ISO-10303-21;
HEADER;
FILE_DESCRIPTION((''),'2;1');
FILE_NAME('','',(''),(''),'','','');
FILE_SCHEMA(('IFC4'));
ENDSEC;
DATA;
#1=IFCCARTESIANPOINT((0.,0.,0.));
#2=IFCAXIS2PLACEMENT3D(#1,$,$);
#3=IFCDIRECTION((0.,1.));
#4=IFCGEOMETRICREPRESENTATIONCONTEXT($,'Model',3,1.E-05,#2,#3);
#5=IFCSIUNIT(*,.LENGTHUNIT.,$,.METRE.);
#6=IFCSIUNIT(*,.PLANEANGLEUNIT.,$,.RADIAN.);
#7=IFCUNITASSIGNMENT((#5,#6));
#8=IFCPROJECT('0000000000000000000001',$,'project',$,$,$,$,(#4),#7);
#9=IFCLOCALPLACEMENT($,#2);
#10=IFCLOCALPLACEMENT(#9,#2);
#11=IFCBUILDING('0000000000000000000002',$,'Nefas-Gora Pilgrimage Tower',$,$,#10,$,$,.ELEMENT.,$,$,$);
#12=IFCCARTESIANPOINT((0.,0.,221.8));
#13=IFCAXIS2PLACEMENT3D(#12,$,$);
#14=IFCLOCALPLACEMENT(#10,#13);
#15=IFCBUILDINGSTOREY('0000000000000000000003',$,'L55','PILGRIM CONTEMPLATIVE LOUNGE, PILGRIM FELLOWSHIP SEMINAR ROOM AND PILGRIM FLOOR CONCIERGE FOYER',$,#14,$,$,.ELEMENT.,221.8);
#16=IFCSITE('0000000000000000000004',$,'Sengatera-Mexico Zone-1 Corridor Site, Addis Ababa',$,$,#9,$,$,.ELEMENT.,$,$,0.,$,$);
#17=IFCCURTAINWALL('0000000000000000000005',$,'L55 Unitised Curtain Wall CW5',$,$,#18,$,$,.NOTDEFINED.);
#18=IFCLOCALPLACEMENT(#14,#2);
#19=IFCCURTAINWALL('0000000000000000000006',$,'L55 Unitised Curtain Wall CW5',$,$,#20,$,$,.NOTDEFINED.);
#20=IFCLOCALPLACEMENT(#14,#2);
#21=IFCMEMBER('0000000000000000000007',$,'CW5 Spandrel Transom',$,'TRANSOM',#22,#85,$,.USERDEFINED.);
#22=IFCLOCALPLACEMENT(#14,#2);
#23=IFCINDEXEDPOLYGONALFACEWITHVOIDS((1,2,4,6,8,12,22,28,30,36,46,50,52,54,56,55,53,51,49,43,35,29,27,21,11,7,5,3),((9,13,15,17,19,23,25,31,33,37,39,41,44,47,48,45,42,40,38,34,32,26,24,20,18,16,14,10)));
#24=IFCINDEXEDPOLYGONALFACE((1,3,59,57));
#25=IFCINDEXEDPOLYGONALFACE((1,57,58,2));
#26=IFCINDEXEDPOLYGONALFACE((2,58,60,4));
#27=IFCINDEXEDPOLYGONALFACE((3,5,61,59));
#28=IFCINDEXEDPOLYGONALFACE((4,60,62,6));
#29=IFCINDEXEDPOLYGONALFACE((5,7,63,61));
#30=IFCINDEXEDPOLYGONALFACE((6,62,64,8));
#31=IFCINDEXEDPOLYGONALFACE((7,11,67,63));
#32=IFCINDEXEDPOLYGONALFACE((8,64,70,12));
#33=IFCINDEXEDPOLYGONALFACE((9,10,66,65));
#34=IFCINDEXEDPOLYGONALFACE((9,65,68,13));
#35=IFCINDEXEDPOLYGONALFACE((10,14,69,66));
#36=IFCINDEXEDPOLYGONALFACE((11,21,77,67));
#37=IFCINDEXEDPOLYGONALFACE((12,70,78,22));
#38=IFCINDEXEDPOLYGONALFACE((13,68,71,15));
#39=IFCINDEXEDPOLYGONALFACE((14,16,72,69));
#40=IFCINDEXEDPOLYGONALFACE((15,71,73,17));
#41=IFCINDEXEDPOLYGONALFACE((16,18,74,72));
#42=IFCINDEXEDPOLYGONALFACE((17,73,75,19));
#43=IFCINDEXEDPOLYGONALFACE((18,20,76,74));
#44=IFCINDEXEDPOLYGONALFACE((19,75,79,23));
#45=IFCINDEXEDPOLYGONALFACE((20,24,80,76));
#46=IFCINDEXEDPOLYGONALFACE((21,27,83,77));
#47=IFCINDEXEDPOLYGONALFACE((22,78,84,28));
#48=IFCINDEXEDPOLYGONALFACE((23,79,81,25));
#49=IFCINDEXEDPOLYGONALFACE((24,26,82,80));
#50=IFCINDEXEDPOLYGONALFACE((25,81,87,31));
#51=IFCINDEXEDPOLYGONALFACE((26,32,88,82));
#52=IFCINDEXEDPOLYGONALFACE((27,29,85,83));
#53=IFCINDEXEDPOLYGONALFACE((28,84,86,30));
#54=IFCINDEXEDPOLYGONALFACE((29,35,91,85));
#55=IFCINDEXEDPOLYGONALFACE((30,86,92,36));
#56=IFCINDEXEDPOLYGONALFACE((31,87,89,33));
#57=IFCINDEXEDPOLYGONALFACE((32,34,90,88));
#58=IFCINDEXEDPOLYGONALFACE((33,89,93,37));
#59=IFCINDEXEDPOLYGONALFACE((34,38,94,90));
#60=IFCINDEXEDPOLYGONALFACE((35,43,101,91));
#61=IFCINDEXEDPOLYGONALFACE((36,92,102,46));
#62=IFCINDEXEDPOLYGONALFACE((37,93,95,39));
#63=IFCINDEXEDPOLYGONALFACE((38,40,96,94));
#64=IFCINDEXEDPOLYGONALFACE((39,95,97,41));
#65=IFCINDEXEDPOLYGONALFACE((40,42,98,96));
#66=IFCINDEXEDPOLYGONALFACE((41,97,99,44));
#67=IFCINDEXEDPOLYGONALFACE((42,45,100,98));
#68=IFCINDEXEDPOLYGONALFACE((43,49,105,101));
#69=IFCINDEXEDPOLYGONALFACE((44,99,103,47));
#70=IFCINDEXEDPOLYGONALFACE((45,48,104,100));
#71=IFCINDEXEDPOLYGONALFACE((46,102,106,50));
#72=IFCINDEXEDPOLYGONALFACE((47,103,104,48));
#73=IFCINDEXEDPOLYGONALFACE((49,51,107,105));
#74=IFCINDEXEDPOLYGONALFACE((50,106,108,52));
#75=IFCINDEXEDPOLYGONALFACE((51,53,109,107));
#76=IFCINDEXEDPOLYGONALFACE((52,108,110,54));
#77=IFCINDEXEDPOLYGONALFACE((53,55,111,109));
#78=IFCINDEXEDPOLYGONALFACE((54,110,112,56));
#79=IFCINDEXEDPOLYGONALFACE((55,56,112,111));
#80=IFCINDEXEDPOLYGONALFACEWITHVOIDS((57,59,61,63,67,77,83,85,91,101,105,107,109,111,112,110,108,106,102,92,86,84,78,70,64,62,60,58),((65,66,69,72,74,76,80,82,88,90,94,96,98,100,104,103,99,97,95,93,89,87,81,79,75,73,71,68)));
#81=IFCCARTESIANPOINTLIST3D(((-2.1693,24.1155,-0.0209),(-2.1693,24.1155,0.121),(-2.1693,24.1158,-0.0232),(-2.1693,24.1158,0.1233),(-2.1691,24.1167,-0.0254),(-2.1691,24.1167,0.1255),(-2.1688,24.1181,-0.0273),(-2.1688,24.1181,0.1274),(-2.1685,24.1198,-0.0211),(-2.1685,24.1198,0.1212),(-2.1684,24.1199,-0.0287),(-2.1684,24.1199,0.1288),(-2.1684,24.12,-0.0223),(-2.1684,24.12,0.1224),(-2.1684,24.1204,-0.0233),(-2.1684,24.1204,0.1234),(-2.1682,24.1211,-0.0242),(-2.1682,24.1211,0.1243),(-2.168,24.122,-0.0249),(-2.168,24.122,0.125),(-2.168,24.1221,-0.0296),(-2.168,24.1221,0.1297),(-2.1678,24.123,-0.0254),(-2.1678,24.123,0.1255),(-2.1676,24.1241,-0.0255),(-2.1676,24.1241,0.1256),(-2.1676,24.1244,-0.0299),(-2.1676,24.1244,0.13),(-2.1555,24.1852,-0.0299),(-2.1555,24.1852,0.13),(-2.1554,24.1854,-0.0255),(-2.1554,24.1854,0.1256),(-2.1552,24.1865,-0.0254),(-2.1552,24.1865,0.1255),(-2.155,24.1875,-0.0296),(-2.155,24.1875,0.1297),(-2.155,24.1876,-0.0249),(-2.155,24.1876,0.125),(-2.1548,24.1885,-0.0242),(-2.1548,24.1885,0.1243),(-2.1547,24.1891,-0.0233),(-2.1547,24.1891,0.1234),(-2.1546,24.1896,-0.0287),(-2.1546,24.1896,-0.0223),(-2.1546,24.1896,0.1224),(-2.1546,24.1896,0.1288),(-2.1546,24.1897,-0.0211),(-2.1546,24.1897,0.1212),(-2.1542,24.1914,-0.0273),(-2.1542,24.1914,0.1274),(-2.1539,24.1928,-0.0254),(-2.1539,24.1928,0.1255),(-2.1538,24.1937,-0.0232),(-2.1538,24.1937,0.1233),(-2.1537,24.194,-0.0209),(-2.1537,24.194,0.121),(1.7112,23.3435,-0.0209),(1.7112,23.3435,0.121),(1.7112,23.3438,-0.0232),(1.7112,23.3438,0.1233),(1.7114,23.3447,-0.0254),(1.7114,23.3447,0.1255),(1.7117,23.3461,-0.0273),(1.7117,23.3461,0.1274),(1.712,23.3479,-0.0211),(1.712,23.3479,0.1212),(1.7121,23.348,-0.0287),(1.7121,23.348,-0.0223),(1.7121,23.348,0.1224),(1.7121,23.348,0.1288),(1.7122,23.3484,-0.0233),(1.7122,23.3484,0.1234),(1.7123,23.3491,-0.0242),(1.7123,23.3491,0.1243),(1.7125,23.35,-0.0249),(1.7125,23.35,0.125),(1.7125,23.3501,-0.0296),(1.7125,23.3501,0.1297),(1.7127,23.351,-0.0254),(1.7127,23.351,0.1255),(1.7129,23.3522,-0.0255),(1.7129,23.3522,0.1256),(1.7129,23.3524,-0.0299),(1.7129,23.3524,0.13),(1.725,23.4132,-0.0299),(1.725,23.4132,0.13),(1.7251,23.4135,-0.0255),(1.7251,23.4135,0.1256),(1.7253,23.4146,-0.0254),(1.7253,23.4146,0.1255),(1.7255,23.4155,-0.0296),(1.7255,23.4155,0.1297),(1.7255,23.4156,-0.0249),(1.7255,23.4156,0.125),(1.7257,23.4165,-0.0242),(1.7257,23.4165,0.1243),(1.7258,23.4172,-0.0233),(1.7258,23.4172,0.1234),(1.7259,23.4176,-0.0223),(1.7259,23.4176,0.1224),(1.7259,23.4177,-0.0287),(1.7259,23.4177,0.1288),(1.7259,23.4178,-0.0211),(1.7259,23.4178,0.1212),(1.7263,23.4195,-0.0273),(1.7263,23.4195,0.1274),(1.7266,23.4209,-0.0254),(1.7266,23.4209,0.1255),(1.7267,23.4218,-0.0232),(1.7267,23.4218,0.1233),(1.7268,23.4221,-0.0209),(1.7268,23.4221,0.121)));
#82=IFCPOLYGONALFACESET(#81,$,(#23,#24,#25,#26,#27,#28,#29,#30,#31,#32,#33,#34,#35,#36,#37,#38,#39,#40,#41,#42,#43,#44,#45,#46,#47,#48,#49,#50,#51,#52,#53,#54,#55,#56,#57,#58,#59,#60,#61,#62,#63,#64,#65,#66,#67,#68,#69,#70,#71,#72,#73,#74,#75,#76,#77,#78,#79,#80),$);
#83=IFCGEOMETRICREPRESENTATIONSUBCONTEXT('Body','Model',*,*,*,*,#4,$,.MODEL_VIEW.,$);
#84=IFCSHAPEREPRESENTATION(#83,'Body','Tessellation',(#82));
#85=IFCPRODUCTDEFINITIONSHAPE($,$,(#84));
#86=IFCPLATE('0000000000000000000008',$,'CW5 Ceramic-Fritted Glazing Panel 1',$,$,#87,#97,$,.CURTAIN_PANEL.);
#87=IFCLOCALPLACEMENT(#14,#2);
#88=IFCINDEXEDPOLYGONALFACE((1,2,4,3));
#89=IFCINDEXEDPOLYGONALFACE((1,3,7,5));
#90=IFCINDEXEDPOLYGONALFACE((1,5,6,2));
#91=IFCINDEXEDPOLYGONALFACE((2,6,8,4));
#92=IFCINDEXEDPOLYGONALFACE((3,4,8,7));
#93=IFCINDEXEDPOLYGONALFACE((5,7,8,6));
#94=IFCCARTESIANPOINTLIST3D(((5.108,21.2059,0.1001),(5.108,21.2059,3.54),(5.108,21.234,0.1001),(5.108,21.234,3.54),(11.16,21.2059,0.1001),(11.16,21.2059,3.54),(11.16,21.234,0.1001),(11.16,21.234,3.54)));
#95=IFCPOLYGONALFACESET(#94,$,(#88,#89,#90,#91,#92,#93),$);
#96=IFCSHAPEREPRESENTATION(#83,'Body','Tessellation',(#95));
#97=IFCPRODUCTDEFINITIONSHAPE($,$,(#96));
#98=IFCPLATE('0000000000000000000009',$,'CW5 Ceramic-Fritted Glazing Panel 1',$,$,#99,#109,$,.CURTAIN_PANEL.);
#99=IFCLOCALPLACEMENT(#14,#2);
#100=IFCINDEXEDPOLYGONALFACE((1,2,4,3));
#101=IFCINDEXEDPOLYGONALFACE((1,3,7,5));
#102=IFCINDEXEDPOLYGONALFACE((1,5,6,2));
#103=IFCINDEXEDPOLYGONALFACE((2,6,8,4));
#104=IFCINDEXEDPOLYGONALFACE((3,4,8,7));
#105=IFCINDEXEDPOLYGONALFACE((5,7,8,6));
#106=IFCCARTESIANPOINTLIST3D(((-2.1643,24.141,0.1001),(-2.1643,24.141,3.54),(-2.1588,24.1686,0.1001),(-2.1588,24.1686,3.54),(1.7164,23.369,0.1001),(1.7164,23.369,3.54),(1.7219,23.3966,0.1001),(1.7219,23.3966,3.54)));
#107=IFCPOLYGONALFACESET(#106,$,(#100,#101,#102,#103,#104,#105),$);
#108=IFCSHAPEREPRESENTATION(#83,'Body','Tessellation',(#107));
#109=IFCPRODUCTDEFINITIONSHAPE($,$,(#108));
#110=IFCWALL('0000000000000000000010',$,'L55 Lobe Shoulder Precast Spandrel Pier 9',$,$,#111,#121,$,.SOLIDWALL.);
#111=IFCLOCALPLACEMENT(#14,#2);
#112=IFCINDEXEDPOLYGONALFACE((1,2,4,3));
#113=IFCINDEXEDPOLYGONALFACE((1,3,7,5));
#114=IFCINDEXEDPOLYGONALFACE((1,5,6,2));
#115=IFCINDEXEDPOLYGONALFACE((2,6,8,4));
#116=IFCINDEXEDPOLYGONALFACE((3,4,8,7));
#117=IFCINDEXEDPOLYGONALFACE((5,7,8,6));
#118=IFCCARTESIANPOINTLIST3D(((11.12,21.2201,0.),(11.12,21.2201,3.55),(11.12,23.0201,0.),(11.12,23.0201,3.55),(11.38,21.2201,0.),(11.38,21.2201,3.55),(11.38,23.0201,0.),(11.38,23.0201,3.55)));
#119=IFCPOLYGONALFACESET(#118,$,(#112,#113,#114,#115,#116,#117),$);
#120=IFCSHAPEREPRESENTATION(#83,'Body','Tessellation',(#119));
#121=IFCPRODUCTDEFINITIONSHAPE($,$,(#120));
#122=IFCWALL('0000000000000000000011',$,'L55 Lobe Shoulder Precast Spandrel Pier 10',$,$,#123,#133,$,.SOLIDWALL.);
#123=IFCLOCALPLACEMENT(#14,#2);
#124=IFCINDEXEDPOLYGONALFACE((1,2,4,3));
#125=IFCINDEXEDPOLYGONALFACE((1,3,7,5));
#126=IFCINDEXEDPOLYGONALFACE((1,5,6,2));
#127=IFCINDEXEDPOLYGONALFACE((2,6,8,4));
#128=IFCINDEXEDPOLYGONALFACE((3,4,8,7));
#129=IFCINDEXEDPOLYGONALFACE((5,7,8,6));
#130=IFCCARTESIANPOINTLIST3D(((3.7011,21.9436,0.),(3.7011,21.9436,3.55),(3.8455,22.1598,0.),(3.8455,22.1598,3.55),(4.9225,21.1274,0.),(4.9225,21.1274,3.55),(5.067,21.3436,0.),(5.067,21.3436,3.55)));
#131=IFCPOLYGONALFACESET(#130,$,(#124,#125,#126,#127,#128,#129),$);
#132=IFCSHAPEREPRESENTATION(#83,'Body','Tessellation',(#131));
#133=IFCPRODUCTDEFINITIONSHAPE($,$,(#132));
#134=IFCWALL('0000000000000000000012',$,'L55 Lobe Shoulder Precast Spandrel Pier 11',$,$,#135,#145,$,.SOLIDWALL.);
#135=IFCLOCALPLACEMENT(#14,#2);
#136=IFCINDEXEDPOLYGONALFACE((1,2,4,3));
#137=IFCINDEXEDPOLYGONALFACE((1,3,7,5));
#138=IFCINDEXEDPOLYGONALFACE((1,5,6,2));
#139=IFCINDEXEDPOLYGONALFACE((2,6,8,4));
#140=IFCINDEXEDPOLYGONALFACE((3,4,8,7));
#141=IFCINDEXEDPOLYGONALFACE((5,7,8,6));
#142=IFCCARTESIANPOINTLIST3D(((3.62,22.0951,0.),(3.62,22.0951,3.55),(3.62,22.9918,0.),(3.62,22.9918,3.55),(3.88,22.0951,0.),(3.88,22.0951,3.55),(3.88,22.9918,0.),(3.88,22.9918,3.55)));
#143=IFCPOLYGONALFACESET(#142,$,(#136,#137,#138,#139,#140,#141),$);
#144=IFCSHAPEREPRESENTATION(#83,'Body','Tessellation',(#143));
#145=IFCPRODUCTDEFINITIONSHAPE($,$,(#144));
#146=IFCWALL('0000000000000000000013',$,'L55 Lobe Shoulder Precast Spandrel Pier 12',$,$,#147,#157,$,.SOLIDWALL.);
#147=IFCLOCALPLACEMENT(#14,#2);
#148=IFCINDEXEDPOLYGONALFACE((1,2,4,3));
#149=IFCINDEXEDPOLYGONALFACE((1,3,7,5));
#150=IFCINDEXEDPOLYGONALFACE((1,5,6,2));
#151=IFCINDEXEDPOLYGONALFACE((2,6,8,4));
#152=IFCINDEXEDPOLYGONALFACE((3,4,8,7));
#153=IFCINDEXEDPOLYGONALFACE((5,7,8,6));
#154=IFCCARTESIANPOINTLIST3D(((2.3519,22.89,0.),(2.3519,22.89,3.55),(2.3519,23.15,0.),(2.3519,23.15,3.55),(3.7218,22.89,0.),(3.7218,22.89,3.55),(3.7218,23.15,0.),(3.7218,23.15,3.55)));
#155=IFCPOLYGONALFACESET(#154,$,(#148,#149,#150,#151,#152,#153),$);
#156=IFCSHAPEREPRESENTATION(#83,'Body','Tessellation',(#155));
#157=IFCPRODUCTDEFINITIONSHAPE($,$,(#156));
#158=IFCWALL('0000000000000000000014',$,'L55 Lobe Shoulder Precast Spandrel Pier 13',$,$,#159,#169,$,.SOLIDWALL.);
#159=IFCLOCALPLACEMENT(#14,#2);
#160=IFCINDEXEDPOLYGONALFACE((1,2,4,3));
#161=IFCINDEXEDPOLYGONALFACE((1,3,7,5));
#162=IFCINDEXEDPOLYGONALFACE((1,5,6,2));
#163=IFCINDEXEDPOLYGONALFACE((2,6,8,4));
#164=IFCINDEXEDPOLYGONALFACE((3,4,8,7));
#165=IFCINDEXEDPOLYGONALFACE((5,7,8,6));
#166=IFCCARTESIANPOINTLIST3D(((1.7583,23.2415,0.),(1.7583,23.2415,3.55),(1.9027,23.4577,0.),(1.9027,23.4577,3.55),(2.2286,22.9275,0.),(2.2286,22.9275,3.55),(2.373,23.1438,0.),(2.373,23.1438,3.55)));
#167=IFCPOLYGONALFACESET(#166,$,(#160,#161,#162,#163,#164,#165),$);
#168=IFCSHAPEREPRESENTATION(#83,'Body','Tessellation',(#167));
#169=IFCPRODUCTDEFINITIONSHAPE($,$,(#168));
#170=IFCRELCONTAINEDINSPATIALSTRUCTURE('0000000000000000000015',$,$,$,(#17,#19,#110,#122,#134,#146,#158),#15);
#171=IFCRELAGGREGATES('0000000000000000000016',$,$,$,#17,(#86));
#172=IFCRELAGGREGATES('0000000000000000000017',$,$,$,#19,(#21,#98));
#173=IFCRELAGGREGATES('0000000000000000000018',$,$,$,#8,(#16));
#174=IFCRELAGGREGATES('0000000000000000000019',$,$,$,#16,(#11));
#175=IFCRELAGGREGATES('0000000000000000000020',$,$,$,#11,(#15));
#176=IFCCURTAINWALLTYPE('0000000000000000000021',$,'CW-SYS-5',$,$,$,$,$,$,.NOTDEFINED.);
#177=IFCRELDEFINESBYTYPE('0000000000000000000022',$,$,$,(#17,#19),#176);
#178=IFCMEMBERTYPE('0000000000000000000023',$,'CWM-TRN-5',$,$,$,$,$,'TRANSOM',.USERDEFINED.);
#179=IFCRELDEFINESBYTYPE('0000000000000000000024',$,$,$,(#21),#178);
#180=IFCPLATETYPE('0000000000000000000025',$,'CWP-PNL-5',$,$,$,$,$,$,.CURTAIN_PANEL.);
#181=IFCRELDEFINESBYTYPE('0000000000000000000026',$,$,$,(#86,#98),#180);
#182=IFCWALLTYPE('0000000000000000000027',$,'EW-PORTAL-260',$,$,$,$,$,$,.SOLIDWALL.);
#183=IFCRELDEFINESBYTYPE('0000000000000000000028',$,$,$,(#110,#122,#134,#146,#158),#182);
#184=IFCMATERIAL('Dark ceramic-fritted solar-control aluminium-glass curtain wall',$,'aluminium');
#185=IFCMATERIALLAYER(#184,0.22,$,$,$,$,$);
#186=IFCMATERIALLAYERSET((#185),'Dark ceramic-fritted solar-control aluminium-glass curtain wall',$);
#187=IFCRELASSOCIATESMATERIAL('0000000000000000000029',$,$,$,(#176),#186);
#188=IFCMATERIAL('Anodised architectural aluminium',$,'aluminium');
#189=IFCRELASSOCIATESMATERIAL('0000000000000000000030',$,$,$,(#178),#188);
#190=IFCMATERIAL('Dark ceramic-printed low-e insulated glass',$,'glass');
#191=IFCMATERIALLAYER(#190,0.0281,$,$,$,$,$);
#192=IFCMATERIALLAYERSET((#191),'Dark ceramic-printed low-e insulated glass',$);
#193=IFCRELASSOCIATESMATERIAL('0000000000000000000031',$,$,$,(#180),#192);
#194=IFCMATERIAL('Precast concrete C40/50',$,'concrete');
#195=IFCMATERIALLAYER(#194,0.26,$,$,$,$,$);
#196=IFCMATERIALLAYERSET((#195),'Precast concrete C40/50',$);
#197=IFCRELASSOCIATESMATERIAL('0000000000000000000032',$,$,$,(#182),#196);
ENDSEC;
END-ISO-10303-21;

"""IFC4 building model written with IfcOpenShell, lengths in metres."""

from ifc_helpers import new_model, si_unit, direction, frame, frame_2d, origin, origin_2d, place, context, subcontext, project, spatial, rectangle, hollow_rectangle, extrude, source, transform, mapped, material, layer, layer_set, material_profile, profile_set, type_object, element, aggregate, save


model = new_model("IFC4")

# Units and contexts
model_context = context("Model", 3, precision=1e-05, world=origin(), true_north=direction((0.0, 1.0)))
body_context = subcontext(model_context, "Body", "Model", "MODEL_VIEW")
ifc_project = project(units=[si_unit("LENGTHUNIT", "METRE"), si_unit("PLANEANGLEUNIT", "RADIAN")], contexts=[model_context])

# Site, building, storey
site_placement = place(None, origin())
site = spatial("IfcSite", under=ifc_project, at=site_placement, Name="Sengatera-Mexico Zone-1 Corridor Site, Addis Ababa", CompositionType="ELEMENT", RefElevation=0.0)
building_placement = place(site_placement, origin())
building = spatial("IfcBuilding", under=site, at=building_placement, Name="Nefas-Gora Pilgrimage Tower", CompositionType="ELEMENT")
storey_placement = place(building_placement, frame((0.0, 0.0, 221.8)))
storey = spatial("IfcBuildingStorey", under=building, at=storey_placement, Name="L55", Description="PILGRIM CONTEMPLATIVE LOUNGE, PILGRIM FELLOWSHIP SEMINAR ROOM AND PILGRIM FLOOR CONCIERGE FOYER", CompositionType="ELEMENT", Elevation=221.8)

# Curtain wall
ifc_material_1 = material(Name="Dark ceramic-fritted solar-control aluminium-glass curtain wall", Category="aluminium")
ifc_layer_1 = layer(ifc_material_1, 0.22)
ifc_layer_set_1 = layer_set([ifc_layer_1], Name="Dark ceramic-fritted solar-control aluminium-glass curtain wall")
curtain_wall_type = type_object("IfcCurtainWallType", Name="CW-SYS-5", PredefinedType="NOTDEFINED", material=ifc_layer_set_1)
curtain_wall_1_placement = place(storey_placement, origin())
curtain_wall_1 = element("IfcCurtainWall", 1, at=curtain_wall_1_placement, inside=storey, type_object=curtain_wall_type, Name="L55 Unitised Curtain Wall CW5", PredefinedType="NOTDEFINED")
ifc_material_2 = material(Name="Anodised architectural aluminium", Category="aluminium")

# Curtain wall
curtain_wall_2_placement = place(storey_placement, origin())
curtain_wall_2 = element("IfcCurtainWall", 2, at=curtain_wall_2_placement, inside=storey, type_object=curtain_wall_type, Name="L55 Unitised Curtain Wall CW5", PredefinedType="NOTDEFINED")

# Member
ifc_material_profile_1 = material_profile(ifc_material_2, hollow_rectangle(XDim=0.0801, YDim=0.1599, WallThickness=0.0044, InnerFilletRadius=0.0044, OuterFilletRadius=0.009, at=origin_2d()), Name="ALU TRANSOM 80x160")
ifc_profile_set_1 = profile_set([ifc_material_profile_1], Name="Anodised architectural aluminium")
member_type_1 = type_object("IfcMemberType", Name="CWM-TRN-5", ElementType="TRANSOM", PredefinedType="USERDEFINED", material=ifc_profile_set_1)
shared_shape_1 = source(origin(), body_context, "Body", "SweptSolid", [
    extrude(hollow_rectangle(XDim=0.0801, YDim=0.1599, WallThickness=0.0044, InnerFilletRadius=0.0044, OuterFilletRadius=0.009, at=origin_2d()), origin(), (0.0, 0.0, 1.0), 3.9565),
])
member_1_placement = place(storey_placement, frame((1.719, 23.3828, 0.05), z_axis=(-0.980782, 0.195107, 0.0), x_axis=(-0.195107, -0.980782, 0.0)))
member_1 = element("IfcMember", 3, at=member_1_placement, type_object=member_type_1, Name="CW5 Spandrel Transom", ObjectType="TRANSOM", PredefinedType="USERDEFINED", context=body_context, shape_type="MappedRepresentation", body=[
    mapped(shared_shape_1, transform((0.0, 0.0, 0.0), x_axis=(1.0, 0.0, 0.0), y_axis=(0.0, 1.0, 0.0), z_axis=(0.0, 0.0, 1.0), scale=1.0)),
])

# Plates
ifc_material_3 = material(Name="Dark ceramic-printed low-e insulated glass", Category="glass")
ifc_layer_2 = layer(ifc_material_3, 0.0281)
ifc_layer_set_2 = layer_set([ifc_layer_2], Name="Dark ceramic-printed low-e insulated glass")
plate_type = type_object("IfcPlateType", Name="CWP-PNL-5", PredefinedType="CURTAIN_PANEL", material=ifc_layer_set_2)
shared_shape_2 = source(origin(), body_context, "Body", "SweptSolid", [
    extrude(rectangle(XDim=6.052, YDim=0.0281, at=origin_2d()), origin(), (0.0, 0.0, 1.0), 3.4399),
])
plate_1_placement = place(storey_placement, frame((8.134, 21.22, 0.1001), z_axis=(0.0, 0.0, 1.0), x_axis=(-1.0, 0.0, 0.0)))
plate_1 = element("IfcPlate", 4, at=plate_1_placement, type_object=plate_type, Name="CW5 Ceramic-Fritted Glazing Panel 1", PredefinedType="CURTAIN_PANEL", context=body_context, shape_type="MappedRepresentation", body=[
    mapped(shared_shape_2, transform((0.0, 0.0, 0.0), x_axis=(1.0, 0.0, 0.0), y_axis=(0.0, 1.0, 0.0), z_axis=(0.0, 0.0, 1.0), scale=1.0)),
])
aggregate(curtain_wall_1, [plate_1])
shared_shape_3 = source(origin(), body_context, "Body", "SweptSolid", [
    extrude(rectangle(XDim=3.9568, YDim=0.0281, at=origin_2d()), origin(), (0.0, 0.0, 1.0), 3.4399),
])
plate_2_placement = place(storey_placement, frame((-0.2212, 23.7688, 0.1001), z_axis=(0.0, 0.0, 1.0), x_axis=(-0.980783, 0.195102, 0.0)))
plate_2 = element("IfcPlate", 5, at=plate_2_placement, type_object=plate_type, Name="CW5 Ceramic-Fritted Glazing Panel 1", PredefinedType="CURTAIN_PANEL", context=body_context, shape_type="MappedRepresentation", body=[
    mapped(shared_shape_3, transform((0.0, 0.0, 0.0), x_axis=(1.0, 0.0, 0.0), y_axis=(0.0, 1.0, 0.0), z_axis=(0.0, 0.0, 1.0), scale=1.0)),
])
aggregate(curtain_wall_2, [member_1, plate_2])

# Walls
ifc_material_4 = material(Name="Precast concrete C40/50", Category="concrete")
ifc_layer_3 = layer(ifc_material_4, 0.26)
ifc_layer_set_3 = layer_set([ifc_layer_3], Name="Precast concrete C40/50")
wall_type_1 = type_object("IfcWallType", Name="EW-PORTAL-260", PredefinedType="SOLIDWALL", material=ifc_layer_set_3)
shared_shape_4 = source(origin(), body_context, "Body", "SweptSolid", [
    extrude(rectangle(XDim=1.8, YDim=0.26, at=frame_2d((0.8999, 0.0))), origin(), (0.0, 0.0, 1.0), 3.55),
])
wall_1_placement = place(storey_placement, frame((11.25, 23.02, 0.0), z_axis=(0.0, 0.0, 1.0), x_axis=(0.0, -1.0, 0.0)))
element("IfcWall", 6, at=wall_1_placement, inside=storey, type_object=wall_type_1, Name="L55 Lobe Shoulder Precast Spandrel Pier 9", PredefinedType="SOLIDWALL", context=body_context, shape_type="MappedRepresentation", body=[
    mapped(shared_shape_4, transform((0.0, 0.0, 0.0), x_axis=(1.0, 0.0, 0.0), y_axis=(0.0, 1.0, 0.0), z_axis=(0.0, 0.0, 1.0), scale=1.0)),
])
shared_shape_5 = source(origin(), body_context, "Body", "SweptSolid", [
    extrude(rectangle(XDim=1.469, YDim=0.26, at=frame_2d((0.7344, 0.0))), origin(), (0.0, 0.0, 1.0), 3.55),
])
wall_2_placement = place(storey_placement, frame((4.9946, 21.2356, 0.0), z_axis=(0.0, 0.0, 1.0), x_axis=(-0.831462, 0.555582, 0.0)))
element("IfcWall", 7, at=wall_2_placement, inside=storey, type_object=wall_type_1, Name="L55 Lobe Shoulder Precast Spandrel Pier 10", PredefinedType="SOLIDWALL", context=body_context, shape_type="MappedRepresentation", body=[
    mapped(shared_shape_5, transform((0.0, 0.0, 0.0), x_axis=(1.0, 0.0, 0.0), y_axis=(0.0, 1.0, 0.0), z_axis=(0.0, 0.0, 1.0), scale=1.0)),
])
shared_shape_6 = source(origin(), body_context, "Body", "SweptSolid", [
    extrude(rectangle(XDim=0.8967, YDim=0.26, at=frame_2d((0.4482, 0.0))), origin(), (0.0, 0.0, 1.0), 3.55),
])
wall_3_placement = place(storey_placement, frame((3.75, 22.0952, 0.0), z_axis=(0.0, 0.0, 1.0), x_axis=(0.0, 1.0, 0.0)))
element("IfcWall", 8, at=wall_3_placement, inside=storey, type_object=wall_type_1, Name="L55 Lobe Shoulder Precast Spandrel Pier 11", PredefinedType="SOLIDWALL", context=body_context, shape_type="MappedRepresentation", body=[
    mapped(shared_shape_6, transform((0.0, 0.0, 0.0), x_axis=(1.0, 0.0, 0.0), y_axis=(0.0, 1.0, 0.0), z_axis=(0.0, 0.0, 1.0), scale=1.0)),
])
shared_shape_7 = source(origin(), body_context, "Body", "SweptSolid", [
    extrude(rectangle(XDim=1.3699, YDim=0.26, at=frame_2d((0.6851, 0.0))), origin(), (0.0, 0.0, 1.0), 3.55),
])
wall_4_placement = place(storey_placement, frame((3.7219, 23.02, 0.0), z_axis=(0.0, 0.0, 1.0), x_axis=(-1.0, 0.0, 0.0)))
element("IfcWall", 9, at=wall_4_placement, inside=storey, type_object=wall_type_1, Name="L55 Lobe Shoulder Precast Spandrel Pier 12", PredefinedType="SOLIDWALL", context=body_context, shape_type="MappedRepresentation", body=[
    mapped(shared_shape_7, transform((0.0, 0.0, 0.0), x_axis=(1.0, 0.0, 0.0), y_axis=(0.0, 1.0, 0.0), z_axis=(0.0, 0.0, 1.0), scale=1.0)),
])
shared_shape_8 = source(origin(), body_context, "Body", "SweptSolid", [
    extrude(rectangle(XDim=0.5654, YDim=0.26, at=frame_2d((0.2827, 0.0))), origin(), (0.0, 0.0, 1.0), 3.55),
])
wall_5_placement = place(storey_placement, frame((2.3008, 23.0356, 0.0), z_axis=(0.0, 0.0, 1.0), x_axis=(-0.831651, 0.555298, 0.0)))
element("IfcWall", 10, at=wall_5_placement, inside=storey, type_object=wall_type_1, Name="L55 Lobe Shoulder Precast Spandrel Pier 13", PredefinedType="SOLIDWALL", context=body_context, shape_type="MappedRepresentation", body=[
    mapped(shared_shape_8, transform((0.0, 0.0, 0.0), x_axis=(1.0, 0.0, 0.0), y_axis=(0.0, 1.0, 0.0), z_axis=(0.0, 0.0, 1.0), scale=1.0)),
])

save(model, "model.ifc")
